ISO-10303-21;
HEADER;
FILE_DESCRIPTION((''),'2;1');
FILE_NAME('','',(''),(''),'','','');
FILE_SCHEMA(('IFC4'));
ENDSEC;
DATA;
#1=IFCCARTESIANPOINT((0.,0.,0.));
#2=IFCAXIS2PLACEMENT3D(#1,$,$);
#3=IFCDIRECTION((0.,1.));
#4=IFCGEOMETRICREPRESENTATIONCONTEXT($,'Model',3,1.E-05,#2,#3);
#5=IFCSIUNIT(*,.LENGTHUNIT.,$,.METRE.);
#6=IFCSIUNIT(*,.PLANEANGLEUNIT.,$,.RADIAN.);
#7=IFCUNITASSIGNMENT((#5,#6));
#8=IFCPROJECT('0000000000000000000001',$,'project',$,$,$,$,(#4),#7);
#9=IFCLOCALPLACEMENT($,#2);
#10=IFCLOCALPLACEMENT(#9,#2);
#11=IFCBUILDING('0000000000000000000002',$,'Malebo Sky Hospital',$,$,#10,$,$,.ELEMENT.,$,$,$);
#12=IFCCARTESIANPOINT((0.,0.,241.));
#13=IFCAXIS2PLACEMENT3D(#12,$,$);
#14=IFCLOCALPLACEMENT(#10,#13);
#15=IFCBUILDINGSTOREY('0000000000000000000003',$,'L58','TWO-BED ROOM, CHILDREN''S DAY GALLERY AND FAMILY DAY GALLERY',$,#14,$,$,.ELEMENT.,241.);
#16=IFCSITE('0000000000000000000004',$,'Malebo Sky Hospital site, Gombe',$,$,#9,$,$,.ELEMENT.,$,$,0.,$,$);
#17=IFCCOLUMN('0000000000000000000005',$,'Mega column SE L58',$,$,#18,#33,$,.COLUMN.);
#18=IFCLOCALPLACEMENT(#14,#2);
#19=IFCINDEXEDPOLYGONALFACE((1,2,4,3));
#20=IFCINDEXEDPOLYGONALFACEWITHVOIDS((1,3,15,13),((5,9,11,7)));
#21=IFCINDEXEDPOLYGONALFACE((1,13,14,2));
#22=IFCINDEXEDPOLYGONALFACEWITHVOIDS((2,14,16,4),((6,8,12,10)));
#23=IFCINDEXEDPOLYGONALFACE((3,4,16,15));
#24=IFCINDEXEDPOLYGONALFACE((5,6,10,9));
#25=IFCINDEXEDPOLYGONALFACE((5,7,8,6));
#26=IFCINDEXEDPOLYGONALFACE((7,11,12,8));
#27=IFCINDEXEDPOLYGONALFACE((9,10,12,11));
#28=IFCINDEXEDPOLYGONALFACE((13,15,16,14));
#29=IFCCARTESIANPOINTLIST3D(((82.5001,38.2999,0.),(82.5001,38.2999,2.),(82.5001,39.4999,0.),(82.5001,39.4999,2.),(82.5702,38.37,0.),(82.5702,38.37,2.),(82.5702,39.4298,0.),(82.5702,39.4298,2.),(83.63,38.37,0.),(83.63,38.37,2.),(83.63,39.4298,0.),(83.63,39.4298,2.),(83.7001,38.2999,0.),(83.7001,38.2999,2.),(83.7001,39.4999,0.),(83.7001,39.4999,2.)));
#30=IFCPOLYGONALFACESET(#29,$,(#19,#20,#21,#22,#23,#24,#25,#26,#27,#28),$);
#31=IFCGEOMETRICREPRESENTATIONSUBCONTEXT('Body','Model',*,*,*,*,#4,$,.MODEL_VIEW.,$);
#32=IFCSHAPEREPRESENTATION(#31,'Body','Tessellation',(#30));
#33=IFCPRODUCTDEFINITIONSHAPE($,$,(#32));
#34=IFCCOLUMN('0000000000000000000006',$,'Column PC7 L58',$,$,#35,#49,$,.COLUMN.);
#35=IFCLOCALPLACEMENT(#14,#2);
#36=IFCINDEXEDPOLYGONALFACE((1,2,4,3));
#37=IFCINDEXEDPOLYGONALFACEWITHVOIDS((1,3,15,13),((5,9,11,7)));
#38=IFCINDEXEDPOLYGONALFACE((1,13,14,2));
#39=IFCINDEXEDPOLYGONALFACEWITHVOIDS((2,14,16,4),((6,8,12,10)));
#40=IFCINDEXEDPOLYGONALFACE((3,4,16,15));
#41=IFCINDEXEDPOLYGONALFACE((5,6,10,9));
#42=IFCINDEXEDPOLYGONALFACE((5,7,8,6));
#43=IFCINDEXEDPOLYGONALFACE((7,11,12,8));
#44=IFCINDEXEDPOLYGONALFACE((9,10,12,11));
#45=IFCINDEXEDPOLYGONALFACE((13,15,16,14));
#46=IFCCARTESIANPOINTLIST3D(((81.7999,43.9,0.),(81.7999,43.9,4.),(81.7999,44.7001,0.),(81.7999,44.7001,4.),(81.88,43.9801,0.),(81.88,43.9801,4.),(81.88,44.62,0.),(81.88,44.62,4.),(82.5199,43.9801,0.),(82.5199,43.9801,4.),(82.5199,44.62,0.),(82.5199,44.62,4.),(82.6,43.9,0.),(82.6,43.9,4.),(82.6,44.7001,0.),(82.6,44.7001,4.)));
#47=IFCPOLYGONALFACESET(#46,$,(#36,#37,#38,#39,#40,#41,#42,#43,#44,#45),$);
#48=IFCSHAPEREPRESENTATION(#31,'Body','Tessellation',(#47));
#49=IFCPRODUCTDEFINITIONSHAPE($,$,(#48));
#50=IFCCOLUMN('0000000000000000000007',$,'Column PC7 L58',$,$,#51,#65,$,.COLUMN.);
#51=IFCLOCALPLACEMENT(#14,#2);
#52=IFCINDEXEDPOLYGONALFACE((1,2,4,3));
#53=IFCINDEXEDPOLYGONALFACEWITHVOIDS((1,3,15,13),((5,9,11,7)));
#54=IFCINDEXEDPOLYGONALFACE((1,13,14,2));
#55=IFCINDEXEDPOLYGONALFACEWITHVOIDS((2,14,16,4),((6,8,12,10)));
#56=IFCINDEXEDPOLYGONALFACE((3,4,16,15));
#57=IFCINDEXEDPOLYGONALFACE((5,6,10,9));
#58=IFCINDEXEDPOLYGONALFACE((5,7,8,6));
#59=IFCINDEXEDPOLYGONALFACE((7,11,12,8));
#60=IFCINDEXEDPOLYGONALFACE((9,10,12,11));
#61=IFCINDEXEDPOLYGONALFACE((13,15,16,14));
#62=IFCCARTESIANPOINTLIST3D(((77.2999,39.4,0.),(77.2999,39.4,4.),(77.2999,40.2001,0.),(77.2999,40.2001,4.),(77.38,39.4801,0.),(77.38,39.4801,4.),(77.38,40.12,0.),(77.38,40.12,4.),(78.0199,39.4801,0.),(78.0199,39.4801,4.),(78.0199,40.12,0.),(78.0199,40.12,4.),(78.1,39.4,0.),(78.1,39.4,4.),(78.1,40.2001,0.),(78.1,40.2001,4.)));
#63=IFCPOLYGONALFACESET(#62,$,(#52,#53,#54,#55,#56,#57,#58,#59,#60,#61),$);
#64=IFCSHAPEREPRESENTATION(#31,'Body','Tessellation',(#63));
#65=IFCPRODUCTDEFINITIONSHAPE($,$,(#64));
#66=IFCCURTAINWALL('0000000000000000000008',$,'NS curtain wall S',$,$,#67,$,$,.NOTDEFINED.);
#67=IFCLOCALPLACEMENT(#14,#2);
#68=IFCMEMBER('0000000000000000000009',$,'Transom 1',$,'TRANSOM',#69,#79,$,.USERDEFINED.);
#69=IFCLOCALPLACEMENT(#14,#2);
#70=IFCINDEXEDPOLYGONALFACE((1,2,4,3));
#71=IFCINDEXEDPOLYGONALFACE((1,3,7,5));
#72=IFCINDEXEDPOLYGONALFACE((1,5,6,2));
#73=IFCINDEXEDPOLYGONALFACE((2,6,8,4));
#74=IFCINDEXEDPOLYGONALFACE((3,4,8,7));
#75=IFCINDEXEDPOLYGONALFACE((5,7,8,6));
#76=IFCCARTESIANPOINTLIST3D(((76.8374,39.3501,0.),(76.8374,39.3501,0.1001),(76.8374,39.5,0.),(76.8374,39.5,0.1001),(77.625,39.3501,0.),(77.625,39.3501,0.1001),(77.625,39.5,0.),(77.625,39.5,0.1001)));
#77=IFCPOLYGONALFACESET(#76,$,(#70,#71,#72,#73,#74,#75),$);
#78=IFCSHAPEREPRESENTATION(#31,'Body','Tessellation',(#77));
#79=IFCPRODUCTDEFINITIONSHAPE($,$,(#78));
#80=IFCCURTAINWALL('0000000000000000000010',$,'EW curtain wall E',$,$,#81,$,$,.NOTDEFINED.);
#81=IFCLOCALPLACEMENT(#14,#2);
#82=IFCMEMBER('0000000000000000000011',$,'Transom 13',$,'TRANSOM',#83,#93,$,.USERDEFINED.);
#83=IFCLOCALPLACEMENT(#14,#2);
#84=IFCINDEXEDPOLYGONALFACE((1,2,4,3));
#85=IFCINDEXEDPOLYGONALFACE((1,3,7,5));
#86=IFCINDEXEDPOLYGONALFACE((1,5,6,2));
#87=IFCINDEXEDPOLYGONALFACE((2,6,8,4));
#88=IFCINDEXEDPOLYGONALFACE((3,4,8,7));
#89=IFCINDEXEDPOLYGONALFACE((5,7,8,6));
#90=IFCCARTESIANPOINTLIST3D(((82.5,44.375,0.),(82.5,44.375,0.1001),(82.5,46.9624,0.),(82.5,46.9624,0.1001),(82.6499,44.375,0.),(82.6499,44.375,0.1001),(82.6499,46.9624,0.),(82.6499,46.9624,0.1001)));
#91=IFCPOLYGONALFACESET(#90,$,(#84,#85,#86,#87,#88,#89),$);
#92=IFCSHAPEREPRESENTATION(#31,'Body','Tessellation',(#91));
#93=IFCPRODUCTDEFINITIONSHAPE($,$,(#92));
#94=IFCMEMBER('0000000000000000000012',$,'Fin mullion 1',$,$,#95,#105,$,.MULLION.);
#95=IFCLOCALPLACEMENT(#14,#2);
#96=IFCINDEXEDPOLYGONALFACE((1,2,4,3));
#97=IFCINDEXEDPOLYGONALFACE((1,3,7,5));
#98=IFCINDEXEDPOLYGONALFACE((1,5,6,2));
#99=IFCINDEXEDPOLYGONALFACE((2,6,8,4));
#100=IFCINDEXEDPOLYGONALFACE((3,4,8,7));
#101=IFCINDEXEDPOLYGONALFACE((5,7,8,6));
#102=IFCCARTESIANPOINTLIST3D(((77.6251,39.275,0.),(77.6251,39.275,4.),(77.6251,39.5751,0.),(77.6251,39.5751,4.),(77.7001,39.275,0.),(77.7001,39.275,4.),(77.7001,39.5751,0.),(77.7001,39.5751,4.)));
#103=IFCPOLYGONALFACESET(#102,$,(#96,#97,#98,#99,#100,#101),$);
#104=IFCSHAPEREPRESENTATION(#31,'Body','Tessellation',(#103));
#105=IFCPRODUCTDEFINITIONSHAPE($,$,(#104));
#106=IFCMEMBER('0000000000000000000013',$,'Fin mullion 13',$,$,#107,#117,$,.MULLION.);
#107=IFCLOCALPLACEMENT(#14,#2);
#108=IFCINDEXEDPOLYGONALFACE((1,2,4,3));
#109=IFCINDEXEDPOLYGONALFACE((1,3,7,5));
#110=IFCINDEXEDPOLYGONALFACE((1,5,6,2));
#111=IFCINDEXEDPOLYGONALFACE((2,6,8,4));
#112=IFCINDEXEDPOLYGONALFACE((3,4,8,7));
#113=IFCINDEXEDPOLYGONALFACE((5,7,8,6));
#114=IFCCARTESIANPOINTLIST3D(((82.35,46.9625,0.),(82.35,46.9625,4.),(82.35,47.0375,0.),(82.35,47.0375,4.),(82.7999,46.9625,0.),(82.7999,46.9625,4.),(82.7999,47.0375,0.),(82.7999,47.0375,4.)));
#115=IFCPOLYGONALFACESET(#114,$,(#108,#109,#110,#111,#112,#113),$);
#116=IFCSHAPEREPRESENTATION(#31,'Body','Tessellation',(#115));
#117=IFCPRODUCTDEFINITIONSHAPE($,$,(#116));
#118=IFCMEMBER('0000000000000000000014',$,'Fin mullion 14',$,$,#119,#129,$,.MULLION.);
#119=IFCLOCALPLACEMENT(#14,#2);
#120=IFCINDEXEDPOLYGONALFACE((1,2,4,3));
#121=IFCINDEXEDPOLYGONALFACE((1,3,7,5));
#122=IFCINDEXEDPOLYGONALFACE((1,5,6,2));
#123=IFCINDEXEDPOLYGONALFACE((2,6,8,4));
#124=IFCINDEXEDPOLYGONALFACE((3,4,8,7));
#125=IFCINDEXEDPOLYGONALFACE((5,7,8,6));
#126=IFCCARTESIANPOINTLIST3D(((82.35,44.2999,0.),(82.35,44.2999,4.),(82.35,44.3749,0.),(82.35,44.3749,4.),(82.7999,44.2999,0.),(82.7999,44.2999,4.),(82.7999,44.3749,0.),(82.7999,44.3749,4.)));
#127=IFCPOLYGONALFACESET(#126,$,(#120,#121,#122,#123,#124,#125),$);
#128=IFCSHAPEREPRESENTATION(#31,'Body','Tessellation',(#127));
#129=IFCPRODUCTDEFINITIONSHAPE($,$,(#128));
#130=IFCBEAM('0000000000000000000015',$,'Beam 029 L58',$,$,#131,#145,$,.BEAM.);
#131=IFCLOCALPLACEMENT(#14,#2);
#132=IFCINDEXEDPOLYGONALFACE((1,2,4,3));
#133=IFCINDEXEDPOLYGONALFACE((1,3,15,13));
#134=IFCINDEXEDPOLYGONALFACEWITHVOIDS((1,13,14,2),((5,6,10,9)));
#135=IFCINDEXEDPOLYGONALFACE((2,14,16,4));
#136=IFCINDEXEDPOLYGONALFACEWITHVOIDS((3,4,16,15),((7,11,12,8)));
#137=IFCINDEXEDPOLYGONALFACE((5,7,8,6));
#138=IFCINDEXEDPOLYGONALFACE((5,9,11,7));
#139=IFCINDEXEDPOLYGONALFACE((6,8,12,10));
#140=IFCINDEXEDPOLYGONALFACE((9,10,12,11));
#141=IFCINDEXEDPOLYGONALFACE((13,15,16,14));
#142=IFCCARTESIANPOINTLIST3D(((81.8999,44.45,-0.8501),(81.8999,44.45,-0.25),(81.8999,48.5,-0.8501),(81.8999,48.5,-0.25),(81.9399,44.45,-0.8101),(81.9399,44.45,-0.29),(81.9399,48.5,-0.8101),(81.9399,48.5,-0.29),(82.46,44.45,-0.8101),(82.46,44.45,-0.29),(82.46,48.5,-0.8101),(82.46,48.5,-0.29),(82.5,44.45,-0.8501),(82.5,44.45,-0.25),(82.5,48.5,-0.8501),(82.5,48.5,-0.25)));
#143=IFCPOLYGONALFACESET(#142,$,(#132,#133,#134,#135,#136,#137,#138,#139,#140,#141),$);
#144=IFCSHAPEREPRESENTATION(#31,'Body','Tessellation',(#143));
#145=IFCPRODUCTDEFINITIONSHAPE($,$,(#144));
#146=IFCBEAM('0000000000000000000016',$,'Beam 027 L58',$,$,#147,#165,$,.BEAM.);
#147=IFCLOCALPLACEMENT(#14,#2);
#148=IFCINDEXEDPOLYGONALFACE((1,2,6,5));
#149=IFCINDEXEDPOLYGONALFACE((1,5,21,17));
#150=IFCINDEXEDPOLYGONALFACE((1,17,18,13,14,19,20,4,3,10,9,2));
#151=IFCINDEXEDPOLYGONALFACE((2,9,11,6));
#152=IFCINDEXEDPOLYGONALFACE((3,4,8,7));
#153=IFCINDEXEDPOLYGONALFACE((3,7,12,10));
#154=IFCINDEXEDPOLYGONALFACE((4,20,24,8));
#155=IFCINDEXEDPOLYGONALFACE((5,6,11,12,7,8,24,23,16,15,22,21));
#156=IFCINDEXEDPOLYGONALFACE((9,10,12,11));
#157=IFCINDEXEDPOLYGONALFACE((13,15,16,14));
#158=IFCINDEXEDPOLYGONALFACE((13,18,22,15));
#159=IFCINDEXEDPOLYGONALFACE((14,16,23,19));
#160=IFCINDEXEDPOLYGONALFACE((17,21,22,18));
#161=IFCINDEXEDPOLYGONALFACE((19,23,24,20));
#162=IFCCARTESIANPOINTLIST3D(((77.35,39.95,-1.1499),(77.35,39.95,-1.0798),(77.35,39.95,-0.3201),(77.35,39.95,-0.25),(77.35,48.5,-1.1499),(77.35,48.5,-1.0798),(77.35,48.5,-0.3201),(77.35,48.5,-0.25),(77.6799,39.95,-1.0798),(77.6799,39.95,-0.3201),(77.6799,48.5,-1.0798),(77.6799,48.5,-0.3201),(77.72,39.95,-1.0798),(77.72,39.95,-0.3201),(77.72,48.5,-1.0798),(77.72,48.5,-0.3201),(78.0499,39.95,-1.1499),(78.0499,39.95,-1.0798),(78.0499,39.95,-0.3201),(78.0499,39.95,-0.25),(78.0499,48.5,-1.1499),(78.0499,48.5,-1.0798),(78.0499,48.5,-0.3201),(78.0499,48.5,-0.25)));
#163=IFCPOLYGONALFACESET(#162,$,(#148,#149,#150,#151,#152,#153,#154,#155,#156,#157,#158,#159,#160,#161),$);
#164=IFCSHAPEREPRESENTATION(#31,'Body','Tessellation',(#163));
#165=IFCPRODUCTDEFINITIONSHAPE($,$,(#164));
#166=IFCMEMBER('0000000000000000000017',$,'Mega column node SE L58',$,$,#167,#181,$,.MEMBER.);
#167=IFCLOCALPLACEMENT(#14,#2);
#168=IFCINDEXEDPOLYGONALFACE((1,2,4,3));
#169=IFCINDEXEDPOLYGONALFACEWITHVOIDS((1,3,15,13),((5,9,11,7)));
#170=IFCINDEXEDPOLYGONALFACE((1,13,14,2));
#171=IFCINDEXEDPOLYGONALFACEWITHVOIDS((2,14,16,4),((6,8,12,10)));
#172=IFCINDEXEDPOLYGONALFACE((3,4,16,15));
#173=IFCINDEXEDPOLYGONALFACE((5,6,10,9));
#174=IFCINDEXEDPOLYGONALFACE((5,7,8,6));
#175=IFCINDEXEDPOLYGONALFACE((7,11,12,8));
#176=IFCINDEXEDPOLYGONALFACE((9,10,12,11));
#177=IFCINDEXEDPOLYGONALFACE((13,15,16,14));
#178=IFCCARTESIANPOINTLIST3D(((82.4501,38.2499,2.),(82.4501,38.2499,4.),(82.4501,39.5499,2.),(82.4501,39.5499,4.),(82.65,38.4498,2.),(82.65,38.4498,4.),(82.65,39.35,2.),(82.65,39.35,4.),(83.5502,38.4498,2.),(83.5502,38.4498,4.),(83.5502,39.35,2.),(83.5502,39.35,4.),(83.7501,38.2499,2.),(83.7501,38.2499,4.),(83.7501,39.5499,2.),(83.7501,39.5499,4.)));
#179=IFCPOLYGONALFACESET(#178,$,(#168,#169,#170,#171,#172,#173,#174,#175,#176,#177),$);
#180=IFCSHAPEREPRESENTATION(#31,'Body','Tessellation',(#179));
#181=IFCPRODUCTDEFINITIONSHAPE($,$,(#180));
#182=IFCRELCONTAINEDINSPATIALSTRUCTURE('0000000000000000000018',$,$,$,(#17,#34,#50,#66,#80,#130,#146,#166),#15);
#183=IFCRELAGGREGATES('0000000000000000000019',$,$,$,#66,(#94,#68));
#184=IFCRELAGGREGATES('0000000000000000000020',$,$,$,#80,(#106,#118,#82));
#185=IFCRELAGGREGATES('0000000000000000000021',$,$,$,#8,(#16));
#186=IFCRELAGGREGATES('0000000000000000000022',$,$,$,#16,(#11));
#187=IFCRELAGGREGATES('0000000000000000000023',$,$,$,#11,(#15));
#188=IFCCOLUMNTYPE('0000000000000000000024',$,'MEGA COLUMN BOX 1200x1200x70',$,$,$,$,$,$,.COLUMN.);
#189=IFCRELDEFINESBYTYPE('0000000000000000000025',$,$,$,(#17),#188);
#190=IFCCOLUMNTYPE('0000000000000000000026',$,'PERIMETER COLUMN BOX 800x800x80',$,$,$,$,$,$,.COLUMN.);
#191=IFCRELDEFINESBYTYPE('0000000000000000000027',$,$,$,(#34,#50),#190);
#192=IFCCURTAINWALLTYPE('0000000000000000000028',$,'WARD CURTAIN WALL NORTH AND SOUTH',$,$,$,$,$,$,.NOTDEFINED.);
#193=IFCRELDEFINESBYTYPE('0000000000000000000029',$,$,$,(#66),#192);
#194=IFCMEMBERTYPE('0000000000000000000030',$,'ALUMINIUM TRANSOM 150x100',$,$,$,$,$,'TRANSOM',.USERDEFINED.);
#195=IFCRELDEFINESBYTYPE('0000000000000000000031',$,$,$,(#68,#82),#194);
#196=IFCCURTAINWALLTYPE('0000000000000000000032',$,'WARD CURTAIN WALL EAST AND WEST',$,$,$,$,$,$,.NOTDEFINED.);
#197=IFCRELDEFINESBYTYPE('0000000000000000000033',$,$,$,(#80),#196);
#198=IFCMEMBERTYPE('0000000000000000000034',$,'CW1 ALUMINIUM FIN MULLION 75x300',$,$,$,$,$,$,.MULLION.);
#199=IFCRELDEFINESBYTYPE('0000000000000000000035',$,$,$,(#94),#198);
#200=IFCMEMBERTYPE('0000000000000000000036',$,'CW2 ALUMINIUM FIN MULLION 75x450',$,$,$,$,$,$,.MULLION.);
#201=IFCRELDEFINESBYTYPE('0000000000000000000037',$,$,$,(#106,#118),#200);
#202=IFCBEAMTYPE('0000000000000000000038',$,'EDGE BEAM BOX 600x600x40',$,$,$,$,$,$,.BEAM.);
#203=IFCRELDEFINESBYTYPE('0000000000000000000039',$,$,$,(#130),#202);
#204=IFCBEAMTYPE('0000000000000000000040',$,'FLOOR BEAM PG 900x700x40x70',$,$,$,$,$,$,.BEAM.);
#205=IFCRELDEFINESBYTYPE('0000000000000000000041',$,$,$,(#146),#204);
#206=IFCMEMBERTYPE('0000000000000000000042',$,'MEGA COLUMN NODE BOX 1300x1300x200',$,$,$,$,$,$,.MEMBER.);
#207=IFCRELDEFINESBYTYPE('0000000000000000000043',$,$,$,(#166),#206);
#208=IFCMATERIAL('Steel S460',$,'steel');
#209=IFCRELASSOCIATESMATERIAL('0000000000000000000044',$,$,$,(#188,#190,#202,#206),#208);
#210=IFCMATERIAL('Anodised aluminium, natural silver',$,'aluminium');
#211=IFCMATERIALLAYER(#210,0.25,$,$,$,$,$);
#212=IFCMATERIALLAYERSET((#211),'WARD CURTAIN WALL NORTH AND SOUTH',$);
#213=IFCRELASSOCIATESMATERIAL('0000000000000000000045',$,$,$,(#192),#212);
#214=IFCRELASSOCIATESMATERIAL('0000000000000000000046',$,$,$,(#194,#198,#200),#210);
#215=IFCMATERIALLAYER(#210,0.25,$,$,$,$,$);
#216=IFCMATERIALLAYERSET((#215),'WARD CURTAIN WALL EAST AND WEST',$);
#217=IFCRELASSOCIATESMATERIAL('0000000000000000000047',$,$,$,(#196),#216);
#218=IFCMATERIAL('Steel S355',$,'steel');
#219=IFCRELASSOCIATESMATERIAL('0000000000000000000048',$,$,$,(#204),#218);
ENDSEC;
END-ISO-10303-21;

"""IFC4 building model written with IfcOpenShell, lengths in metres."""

from ifc_helpers import new_model, si_unit, direction, frame, origin, origin_2d, place, context, subcontext, project, spatial, rectangle, hollow_rectangle, i_section, extrude, material, layer, layer_set, material_profile, profile_set, type_object, element, aggregate, save


model = new_model("IFC4")

# Units and contexts
model_context = context("Model", 3, precision=1e-05, world=origin(), true_north=direction((0.0, 1.0)))
body_context = subcontext(model_context, "Body", "Model", "MODEL_VIEW")
ifc_project = project(units=[si_unit("LENGTHUNIT", "METRE"), si_unit("PLANEANGLEUNIT", "RADIAN")], contexts=[model_context])

# Site, building, storey
site_placement = place(None, origin())
site = spatial("IfcSite", under=ifc_project, at=site_placement, Name="Malebo Sky Hospital site, Gombe", CompositionType="ELEMENT", RefElevation=0.0)
building_placement = place(site_placement, origin())
building = spatial("IfcBuilding", under=site, at=building_placement, Name="Malebo Sky Hospital", CompositionType="ELEMENT")
storey_placement = place(building_placement, frame((0.0, 0.0, 241.0)))
storey = spatial("IfcBuildingStorey", under=building, at=storey_placement, Name="L58", Description="TWO-BED ROOM, CHILDREN'S DAY GALLERY AND FAMILY DAY GALLERY", CompositionType="ELEMENT", Elevation=241.0)

# Columns
ifc_material_1 = material(Name="Steel S460", Category="steel")
ifc_material_profile_1 = material_profile(ifc_material_1, hollow_rectangle(XDim=1.2, YDim=1.2, WallThickness=0.0701, at=origin_2d()), Name="BOX 1200x1200x70")
ifc_profile_set_1 = profile_set([ifc_material_profile_1], Name="Steel S460")
column_type_1 = type_object("IfcColumnType", Name="MEGA COLUMN BOX 1200x1200x70", PredefinedType="COLUMN", material=ifc_profile_set_1)
column_placement = place(storey_placement, frame((83.1001, 38.8999, 0.0), z_axis=(0.0, 0.0, 1.0), x_axis=(1.0, 0.0, 0.0)))
element("IfcColumn", 1, at=column_placement, inside=storey, type_object=column_type_1, Name="Mega column SE L58", PredefinedType="COLUMN", context=body_context, shape_type="SweptSolid", body=[
    extrude(hollow_rectangle(XDim=1.2, YDim=1.2, WallThickness=0.0701, at=origin_2d()), origin(), (0.0, 0.0, 1.0), 2.0),
])
ifc_material_profile_2 = material_profile(ifc_material_1, hollow_rectangle(XDim=0.8, YDim=0.8, WallThickness=0.0801, at=origin_2d()), Name="BOX 800x800x80")
ifc_profile_set_2 = profile_set([ifc_material_profile_2], Name="Steel S460")
column_type_2 = type_object("IfcColumnType", Name="PERIMETER COLUMN BOX 800x800x80", PredefinedType="COLUMN", material=ifc_profile_set_2)
for number, where, z_axis, x_axis, name in (
    (2, (82.2, 44.3, 0.0), (0.0, 0.0, 1.0), (1.0, 0.0, 0.0), "Column PC7 L58"),
    (3, (77.7, 39.8, 0.0), (0.0, 0.0, 1.0), (1.0, 0.0, 0.0), "Column PC7 L58"),
):
    element("IfcColumn", number, at=place(storey_placement, frame(where, z_axis=z_axis, x_axis=x_axis)), inside=storey, type_object=column_type_2, Name=name, PredefinedType="COLUMN", context=body_context, shape_type="SweptSolid", body=[
        extrude(hollow_rectangle(XDim=0.8, YDim=0.8, WallThickness=0.0801, at=origin_2d()), origin(), (0.0, 0.0, 1.0), 4.0),
    ])

# Curtain walls, members
ifc_material_2 = material(Name="Anodised aluminium, natural silver", Category="aluminium")
ifc_layer_1 = layer(ifc_material_2, 0.25)
ifc_layer_set_1 = layer_set([ifc_layer_1], Name="WARD CURTAIN WALL NORTH AND SOUTH")
curtain_wall_type_1 = type_object("IfcCurtainWallType", Name="WARD CURTAIN WALL NORTH AND SOUTH", PredefinedType="NOTDEFINED", material=ifc_layer_set_1)
curtain_wall_1_placement = place(storey_placement, origin())
curtain_wall_1 = element("IfcCurtainWall", 4, at=curtain_wall_1_placement, inside=storey, type_object=curtain_wall_type_1, Name="NS curtain wall S", PredefinedType="NOTDEFINED")
ifc_material_profile_3 = material_profile(ifc_material_2, rectangle(XDim=0.1499, YDim=0.1001, at=origin_2d()), Name="ALUMINIUM TRANSOM 150x100")
ifc_profile_set_3 = profile_set([ifc_material_profile_3], Name="Anodised aluminium, natural silver")
member_type_1 = type_object("IfcMemberType", Name="ALUMINIUM TRANSOM 150x100", ElementType="TRANSOM", PredefinedType="USERDEFINED", material=ifc_profile_set_3)
member_1_placement = place(storey_placement, frame((77.625, 39.425, 0.05), z_axis=(-1.0, 0.0, 0.0), x_axis=(0.0, -1.0, 0.0)))
member_1 = element("IfcMember", 5, at=member_1_placement, type_object=member_type_1, Name="Transom 1", ObjectType="TRANSOM", PredefinedType="USERDEFINED", context=body_context, shape_type="SweptSolid", body=[
    extrude(rectangle(XDim=0.1499, YDim=0.1001, at=origin_2d()), origin(), (0.0, 0.0, 1.0), 0.7876),
])
ifc_layer_2 = layer(ifc_material_2, 0.25)
ifc_layer_set_2 = layer_set([ifc_layer_2], Name="WARD CURTAIN WALL EAST AND WEST")
curtain_wall_type_2 = type_object("IfcCurtainWallType", Name="WARD CURTAIN WALL EAST AND WEST", PredefinedType="NOTDEFINED", material=ifc_layer_set_2)
curtain_wall_2_placement = place(storey_placement, origin())
curtain_wall_2 = element("IfcCurtainWall", 6, at=curtain_wall_2_placement, inside=storey, type_object=curtain_wall_type_2, Name="EW curtain wall E", PredefinedType="NOTDEFINED")
member_2_placement = place(storey_placement, frame((82.575, 46.9624, 0.05), z_axis=(0.0, -1.0, 0.0), x_axis=(1.0, 0.0, 0.0)))
member_2 = element("IfcMember", 7, at=member_2_placement, type_object=member_type_1, Name="Transom 13", ObjectType="TRANSOM", PredefinedType="USERDEFINED", context=body_context, shape_type="SweptSolid", body=[
    extrude(rectangle(XDim=0.1499, YDim=0.1001, at=origin_2d()), origin(), (0.0, 0.0, 1.0), 2.5874),
])

# Members
ifc_material_profile_4 = material_profile(ifc_material_2, rectangle(XDim=0.075, YDim=0.3, at=origin_2d()), Name="CW1 ALUMINIUM FIN MULLION 75x300")
ifc_profile_set_4 = profile_set([ifc_material_profile_4], Name="Anodised aluminium, natural silver")
member_type_2 = type_object("IfcMemberType", Name="CW1 ALUMINIUM FIN MULLION 75x300", PredefinedType="MULLION", material=ifc_profile_set_4)
member_3_placement = place(storey_placement, frame((77.6626, 39.425, 0.0), z_axis=(0.0, 0.0, 1.0), x_axis=(-1.0, 0.0, 0.0)))
member_3 = element("IfcMember", 8, at=member_3_placement, type_object=member_type_2, Name="Fin mullion 1", PredefinedType="MULLION", context=body_context, shape_type="SweptSolid", body=[
    extrude(rectangle(XDim=0.075, YDim=0.3, at=origin_2d()), origin(), (0.0, 0.0, 1.0), 4.0),
])
aggregate(curtain_wall_1, [member_3, member_1])
ifc_material_profile_5 = material_profile(ifc_material_2, rectangle(XDim=0.075, YDim=0.45, at=origin_2d()), Name="CW2 ALUMINIUM FIN MULLION 75x450")
ifc_profile_set_5 = profile_set([ifc_material_profile_5], Name="Anodised aluminium, natural silver")
member_type_3 = type_object("IfcMemberType", Name="CW2 ALUMINIUM FIN MULLION 75x450", PredefinedType="MULLION", material=ifc_profile_set_5)
member_4_placement = place(storey_placement, frame((82.575, 47.0, 0.0), z_axis=(0.0, 0.0, 1.0), x_axis=(0.0, -1.0, 0.0)))
member_4 = element("IfcMember", 9, at=member_4_placement, type_object=member_type_3, Name="Fin mullion 13", PredefinedType="MULLION", context=body_context, shape_type="SweptSolid", body=[
    extrude(rectangle(XDim=0.075, YDim=0.45, at=origin_2d()), origin(), (0.0, 0.0, 1.0), 4.0),
])
member_5_placement = place(storey_placement, frame((82.575, 44.3374, 0.0), z_axis=(0.0, 0.0, 1.0), x_axis=(0.0, -1.0, 0.0)))
member_5 = element("IfcMember", 10, at=member_5_placement, type_object=member_type_3, Name="Fin mullion 14", PredefinedType="MULLION", context=body_context, shape_type="SweptSolid", body=[
    extrude(rectangle(XDim=0.075, YDim=0.45, at=origin_2d()), origin(), (0.0, 0.0, 1.0), 4.0),
])

# Beams
ifc_material_profile_6 = material_profile(ifc_material_1, hollow_rectangle(XDim=0.6001, YDim=0.6001, WallThickness=0.04, at=origin_2d()), Name="BOX 600x600x40")
ifc_profile_set_6 = profile_set([ifc_material_profile_6], Name="Steel S460")
beam_type_1 = type_object("IfcBeamType", Name="EDGE BEAM BOX 600x600x40", PredefinedType="BEAM", material=ifc_profile_set_6)
beam_1_placement = place(storey_placement, frame((82.2, 44.45, -0.55), z_axis=(0.0, 1.0, 0.0), x_axis=(-1.0, 0.0, 0.0)))
element("IfcBeam", 11, at=beam_1_placement, inside=storey, type_object=beam_type_1, Name="Beam 029 L58", PredefinedType="BEAM", context=body_context, shape_type="SweptSolid", body=[
    extrude(hollow_rectangle(XDim=0.6001, YDim=0.6001, WallThickness=0.04, at=origin_2d()), origin(), (0.0, 0.0, 1.0), 4.05),
])
ifc_material_3 = material(Name="Steel S355", Category="steel")
ifc_material_profile_7 = material_profile(ifc_material_3, i_section(OverallWidth=0.7, OverallDepth=0.8999, WebThickness=0.04, FlangeThickness=0.0701, at=origin_2d()), Name="PG 900x700x40x70")
ifc_profile_set_7 = profile_set([ifc_material_profile_7], Name="Steel S355")
beam_type_2 = type_object("IfcBeamType", Name="FLOOR BEAM PG 900x700x40x70", PredefinedType="BEAM", material=ifc_profile_set_7)
beam_2_placement = place(storey_placement, frame((77.7, 39.95, -0.7), z_axis=(0.0, 1.0, 0.0), x_axis=(-1.0, 0.0, 0.0)))
element("IfcBeam", 12, at=beam_2_placement, inside=storey, type_object=beam_type_2, Name="Beam 027 L58", PredefinedType="BEAM", context=body_context, shape_type="SweptSolid", body=[
    extrude(i_section(OverallWidth=0.7, OverallDepth=0.8999, WebThickness=0.04, FlangeThickness=0.0701, at=origin_2d()), origin(), (0.0, 0.0, 1.0), 8.55),
])

# Member
ifc_material_profile_8 = material_profile(ifc_material_1, hollow_rectangle(XDim=1.3, YDim=1.3, WallThickness=0.2, at=origin_2d()), Name="BOX 1300x1300x200")
ifc_profile_set_8 = profile_set([ifc_material_profile_8], Name="Steel S460")
member_type_4 = type_object("IfcMemberType", Name="MEGA COLUMN NODE BOX 1300x1300x200", PredefinedType="MEMBER", material=ifc_profile_set_8)
member_6_placement = place(storey_placement, frame((83.1001, 38.8999, 2.0), z_axis=(0.0, 0.0, 1.0), x_axis=(1.0, 0.0, 0.0)))
element("IfcMember", 13, at=member_6_placement, inside=storey, type_object=member_type_4, Name="Mega column node SE L58", PredefinedType="MEMBER", context=body_context, shape_type="SweptSolid", body=[
    extrude(hollow_rectangle(XDim=1.3, YDim=1.3, WallThickness=0.2, at=origin_2d()), origin(), (0.0, 0.0, 1.0), 2.0),
])

aggregate(curtain_wall_2, [member_4, member_5, member_2])

save(model, "model.ifc")
